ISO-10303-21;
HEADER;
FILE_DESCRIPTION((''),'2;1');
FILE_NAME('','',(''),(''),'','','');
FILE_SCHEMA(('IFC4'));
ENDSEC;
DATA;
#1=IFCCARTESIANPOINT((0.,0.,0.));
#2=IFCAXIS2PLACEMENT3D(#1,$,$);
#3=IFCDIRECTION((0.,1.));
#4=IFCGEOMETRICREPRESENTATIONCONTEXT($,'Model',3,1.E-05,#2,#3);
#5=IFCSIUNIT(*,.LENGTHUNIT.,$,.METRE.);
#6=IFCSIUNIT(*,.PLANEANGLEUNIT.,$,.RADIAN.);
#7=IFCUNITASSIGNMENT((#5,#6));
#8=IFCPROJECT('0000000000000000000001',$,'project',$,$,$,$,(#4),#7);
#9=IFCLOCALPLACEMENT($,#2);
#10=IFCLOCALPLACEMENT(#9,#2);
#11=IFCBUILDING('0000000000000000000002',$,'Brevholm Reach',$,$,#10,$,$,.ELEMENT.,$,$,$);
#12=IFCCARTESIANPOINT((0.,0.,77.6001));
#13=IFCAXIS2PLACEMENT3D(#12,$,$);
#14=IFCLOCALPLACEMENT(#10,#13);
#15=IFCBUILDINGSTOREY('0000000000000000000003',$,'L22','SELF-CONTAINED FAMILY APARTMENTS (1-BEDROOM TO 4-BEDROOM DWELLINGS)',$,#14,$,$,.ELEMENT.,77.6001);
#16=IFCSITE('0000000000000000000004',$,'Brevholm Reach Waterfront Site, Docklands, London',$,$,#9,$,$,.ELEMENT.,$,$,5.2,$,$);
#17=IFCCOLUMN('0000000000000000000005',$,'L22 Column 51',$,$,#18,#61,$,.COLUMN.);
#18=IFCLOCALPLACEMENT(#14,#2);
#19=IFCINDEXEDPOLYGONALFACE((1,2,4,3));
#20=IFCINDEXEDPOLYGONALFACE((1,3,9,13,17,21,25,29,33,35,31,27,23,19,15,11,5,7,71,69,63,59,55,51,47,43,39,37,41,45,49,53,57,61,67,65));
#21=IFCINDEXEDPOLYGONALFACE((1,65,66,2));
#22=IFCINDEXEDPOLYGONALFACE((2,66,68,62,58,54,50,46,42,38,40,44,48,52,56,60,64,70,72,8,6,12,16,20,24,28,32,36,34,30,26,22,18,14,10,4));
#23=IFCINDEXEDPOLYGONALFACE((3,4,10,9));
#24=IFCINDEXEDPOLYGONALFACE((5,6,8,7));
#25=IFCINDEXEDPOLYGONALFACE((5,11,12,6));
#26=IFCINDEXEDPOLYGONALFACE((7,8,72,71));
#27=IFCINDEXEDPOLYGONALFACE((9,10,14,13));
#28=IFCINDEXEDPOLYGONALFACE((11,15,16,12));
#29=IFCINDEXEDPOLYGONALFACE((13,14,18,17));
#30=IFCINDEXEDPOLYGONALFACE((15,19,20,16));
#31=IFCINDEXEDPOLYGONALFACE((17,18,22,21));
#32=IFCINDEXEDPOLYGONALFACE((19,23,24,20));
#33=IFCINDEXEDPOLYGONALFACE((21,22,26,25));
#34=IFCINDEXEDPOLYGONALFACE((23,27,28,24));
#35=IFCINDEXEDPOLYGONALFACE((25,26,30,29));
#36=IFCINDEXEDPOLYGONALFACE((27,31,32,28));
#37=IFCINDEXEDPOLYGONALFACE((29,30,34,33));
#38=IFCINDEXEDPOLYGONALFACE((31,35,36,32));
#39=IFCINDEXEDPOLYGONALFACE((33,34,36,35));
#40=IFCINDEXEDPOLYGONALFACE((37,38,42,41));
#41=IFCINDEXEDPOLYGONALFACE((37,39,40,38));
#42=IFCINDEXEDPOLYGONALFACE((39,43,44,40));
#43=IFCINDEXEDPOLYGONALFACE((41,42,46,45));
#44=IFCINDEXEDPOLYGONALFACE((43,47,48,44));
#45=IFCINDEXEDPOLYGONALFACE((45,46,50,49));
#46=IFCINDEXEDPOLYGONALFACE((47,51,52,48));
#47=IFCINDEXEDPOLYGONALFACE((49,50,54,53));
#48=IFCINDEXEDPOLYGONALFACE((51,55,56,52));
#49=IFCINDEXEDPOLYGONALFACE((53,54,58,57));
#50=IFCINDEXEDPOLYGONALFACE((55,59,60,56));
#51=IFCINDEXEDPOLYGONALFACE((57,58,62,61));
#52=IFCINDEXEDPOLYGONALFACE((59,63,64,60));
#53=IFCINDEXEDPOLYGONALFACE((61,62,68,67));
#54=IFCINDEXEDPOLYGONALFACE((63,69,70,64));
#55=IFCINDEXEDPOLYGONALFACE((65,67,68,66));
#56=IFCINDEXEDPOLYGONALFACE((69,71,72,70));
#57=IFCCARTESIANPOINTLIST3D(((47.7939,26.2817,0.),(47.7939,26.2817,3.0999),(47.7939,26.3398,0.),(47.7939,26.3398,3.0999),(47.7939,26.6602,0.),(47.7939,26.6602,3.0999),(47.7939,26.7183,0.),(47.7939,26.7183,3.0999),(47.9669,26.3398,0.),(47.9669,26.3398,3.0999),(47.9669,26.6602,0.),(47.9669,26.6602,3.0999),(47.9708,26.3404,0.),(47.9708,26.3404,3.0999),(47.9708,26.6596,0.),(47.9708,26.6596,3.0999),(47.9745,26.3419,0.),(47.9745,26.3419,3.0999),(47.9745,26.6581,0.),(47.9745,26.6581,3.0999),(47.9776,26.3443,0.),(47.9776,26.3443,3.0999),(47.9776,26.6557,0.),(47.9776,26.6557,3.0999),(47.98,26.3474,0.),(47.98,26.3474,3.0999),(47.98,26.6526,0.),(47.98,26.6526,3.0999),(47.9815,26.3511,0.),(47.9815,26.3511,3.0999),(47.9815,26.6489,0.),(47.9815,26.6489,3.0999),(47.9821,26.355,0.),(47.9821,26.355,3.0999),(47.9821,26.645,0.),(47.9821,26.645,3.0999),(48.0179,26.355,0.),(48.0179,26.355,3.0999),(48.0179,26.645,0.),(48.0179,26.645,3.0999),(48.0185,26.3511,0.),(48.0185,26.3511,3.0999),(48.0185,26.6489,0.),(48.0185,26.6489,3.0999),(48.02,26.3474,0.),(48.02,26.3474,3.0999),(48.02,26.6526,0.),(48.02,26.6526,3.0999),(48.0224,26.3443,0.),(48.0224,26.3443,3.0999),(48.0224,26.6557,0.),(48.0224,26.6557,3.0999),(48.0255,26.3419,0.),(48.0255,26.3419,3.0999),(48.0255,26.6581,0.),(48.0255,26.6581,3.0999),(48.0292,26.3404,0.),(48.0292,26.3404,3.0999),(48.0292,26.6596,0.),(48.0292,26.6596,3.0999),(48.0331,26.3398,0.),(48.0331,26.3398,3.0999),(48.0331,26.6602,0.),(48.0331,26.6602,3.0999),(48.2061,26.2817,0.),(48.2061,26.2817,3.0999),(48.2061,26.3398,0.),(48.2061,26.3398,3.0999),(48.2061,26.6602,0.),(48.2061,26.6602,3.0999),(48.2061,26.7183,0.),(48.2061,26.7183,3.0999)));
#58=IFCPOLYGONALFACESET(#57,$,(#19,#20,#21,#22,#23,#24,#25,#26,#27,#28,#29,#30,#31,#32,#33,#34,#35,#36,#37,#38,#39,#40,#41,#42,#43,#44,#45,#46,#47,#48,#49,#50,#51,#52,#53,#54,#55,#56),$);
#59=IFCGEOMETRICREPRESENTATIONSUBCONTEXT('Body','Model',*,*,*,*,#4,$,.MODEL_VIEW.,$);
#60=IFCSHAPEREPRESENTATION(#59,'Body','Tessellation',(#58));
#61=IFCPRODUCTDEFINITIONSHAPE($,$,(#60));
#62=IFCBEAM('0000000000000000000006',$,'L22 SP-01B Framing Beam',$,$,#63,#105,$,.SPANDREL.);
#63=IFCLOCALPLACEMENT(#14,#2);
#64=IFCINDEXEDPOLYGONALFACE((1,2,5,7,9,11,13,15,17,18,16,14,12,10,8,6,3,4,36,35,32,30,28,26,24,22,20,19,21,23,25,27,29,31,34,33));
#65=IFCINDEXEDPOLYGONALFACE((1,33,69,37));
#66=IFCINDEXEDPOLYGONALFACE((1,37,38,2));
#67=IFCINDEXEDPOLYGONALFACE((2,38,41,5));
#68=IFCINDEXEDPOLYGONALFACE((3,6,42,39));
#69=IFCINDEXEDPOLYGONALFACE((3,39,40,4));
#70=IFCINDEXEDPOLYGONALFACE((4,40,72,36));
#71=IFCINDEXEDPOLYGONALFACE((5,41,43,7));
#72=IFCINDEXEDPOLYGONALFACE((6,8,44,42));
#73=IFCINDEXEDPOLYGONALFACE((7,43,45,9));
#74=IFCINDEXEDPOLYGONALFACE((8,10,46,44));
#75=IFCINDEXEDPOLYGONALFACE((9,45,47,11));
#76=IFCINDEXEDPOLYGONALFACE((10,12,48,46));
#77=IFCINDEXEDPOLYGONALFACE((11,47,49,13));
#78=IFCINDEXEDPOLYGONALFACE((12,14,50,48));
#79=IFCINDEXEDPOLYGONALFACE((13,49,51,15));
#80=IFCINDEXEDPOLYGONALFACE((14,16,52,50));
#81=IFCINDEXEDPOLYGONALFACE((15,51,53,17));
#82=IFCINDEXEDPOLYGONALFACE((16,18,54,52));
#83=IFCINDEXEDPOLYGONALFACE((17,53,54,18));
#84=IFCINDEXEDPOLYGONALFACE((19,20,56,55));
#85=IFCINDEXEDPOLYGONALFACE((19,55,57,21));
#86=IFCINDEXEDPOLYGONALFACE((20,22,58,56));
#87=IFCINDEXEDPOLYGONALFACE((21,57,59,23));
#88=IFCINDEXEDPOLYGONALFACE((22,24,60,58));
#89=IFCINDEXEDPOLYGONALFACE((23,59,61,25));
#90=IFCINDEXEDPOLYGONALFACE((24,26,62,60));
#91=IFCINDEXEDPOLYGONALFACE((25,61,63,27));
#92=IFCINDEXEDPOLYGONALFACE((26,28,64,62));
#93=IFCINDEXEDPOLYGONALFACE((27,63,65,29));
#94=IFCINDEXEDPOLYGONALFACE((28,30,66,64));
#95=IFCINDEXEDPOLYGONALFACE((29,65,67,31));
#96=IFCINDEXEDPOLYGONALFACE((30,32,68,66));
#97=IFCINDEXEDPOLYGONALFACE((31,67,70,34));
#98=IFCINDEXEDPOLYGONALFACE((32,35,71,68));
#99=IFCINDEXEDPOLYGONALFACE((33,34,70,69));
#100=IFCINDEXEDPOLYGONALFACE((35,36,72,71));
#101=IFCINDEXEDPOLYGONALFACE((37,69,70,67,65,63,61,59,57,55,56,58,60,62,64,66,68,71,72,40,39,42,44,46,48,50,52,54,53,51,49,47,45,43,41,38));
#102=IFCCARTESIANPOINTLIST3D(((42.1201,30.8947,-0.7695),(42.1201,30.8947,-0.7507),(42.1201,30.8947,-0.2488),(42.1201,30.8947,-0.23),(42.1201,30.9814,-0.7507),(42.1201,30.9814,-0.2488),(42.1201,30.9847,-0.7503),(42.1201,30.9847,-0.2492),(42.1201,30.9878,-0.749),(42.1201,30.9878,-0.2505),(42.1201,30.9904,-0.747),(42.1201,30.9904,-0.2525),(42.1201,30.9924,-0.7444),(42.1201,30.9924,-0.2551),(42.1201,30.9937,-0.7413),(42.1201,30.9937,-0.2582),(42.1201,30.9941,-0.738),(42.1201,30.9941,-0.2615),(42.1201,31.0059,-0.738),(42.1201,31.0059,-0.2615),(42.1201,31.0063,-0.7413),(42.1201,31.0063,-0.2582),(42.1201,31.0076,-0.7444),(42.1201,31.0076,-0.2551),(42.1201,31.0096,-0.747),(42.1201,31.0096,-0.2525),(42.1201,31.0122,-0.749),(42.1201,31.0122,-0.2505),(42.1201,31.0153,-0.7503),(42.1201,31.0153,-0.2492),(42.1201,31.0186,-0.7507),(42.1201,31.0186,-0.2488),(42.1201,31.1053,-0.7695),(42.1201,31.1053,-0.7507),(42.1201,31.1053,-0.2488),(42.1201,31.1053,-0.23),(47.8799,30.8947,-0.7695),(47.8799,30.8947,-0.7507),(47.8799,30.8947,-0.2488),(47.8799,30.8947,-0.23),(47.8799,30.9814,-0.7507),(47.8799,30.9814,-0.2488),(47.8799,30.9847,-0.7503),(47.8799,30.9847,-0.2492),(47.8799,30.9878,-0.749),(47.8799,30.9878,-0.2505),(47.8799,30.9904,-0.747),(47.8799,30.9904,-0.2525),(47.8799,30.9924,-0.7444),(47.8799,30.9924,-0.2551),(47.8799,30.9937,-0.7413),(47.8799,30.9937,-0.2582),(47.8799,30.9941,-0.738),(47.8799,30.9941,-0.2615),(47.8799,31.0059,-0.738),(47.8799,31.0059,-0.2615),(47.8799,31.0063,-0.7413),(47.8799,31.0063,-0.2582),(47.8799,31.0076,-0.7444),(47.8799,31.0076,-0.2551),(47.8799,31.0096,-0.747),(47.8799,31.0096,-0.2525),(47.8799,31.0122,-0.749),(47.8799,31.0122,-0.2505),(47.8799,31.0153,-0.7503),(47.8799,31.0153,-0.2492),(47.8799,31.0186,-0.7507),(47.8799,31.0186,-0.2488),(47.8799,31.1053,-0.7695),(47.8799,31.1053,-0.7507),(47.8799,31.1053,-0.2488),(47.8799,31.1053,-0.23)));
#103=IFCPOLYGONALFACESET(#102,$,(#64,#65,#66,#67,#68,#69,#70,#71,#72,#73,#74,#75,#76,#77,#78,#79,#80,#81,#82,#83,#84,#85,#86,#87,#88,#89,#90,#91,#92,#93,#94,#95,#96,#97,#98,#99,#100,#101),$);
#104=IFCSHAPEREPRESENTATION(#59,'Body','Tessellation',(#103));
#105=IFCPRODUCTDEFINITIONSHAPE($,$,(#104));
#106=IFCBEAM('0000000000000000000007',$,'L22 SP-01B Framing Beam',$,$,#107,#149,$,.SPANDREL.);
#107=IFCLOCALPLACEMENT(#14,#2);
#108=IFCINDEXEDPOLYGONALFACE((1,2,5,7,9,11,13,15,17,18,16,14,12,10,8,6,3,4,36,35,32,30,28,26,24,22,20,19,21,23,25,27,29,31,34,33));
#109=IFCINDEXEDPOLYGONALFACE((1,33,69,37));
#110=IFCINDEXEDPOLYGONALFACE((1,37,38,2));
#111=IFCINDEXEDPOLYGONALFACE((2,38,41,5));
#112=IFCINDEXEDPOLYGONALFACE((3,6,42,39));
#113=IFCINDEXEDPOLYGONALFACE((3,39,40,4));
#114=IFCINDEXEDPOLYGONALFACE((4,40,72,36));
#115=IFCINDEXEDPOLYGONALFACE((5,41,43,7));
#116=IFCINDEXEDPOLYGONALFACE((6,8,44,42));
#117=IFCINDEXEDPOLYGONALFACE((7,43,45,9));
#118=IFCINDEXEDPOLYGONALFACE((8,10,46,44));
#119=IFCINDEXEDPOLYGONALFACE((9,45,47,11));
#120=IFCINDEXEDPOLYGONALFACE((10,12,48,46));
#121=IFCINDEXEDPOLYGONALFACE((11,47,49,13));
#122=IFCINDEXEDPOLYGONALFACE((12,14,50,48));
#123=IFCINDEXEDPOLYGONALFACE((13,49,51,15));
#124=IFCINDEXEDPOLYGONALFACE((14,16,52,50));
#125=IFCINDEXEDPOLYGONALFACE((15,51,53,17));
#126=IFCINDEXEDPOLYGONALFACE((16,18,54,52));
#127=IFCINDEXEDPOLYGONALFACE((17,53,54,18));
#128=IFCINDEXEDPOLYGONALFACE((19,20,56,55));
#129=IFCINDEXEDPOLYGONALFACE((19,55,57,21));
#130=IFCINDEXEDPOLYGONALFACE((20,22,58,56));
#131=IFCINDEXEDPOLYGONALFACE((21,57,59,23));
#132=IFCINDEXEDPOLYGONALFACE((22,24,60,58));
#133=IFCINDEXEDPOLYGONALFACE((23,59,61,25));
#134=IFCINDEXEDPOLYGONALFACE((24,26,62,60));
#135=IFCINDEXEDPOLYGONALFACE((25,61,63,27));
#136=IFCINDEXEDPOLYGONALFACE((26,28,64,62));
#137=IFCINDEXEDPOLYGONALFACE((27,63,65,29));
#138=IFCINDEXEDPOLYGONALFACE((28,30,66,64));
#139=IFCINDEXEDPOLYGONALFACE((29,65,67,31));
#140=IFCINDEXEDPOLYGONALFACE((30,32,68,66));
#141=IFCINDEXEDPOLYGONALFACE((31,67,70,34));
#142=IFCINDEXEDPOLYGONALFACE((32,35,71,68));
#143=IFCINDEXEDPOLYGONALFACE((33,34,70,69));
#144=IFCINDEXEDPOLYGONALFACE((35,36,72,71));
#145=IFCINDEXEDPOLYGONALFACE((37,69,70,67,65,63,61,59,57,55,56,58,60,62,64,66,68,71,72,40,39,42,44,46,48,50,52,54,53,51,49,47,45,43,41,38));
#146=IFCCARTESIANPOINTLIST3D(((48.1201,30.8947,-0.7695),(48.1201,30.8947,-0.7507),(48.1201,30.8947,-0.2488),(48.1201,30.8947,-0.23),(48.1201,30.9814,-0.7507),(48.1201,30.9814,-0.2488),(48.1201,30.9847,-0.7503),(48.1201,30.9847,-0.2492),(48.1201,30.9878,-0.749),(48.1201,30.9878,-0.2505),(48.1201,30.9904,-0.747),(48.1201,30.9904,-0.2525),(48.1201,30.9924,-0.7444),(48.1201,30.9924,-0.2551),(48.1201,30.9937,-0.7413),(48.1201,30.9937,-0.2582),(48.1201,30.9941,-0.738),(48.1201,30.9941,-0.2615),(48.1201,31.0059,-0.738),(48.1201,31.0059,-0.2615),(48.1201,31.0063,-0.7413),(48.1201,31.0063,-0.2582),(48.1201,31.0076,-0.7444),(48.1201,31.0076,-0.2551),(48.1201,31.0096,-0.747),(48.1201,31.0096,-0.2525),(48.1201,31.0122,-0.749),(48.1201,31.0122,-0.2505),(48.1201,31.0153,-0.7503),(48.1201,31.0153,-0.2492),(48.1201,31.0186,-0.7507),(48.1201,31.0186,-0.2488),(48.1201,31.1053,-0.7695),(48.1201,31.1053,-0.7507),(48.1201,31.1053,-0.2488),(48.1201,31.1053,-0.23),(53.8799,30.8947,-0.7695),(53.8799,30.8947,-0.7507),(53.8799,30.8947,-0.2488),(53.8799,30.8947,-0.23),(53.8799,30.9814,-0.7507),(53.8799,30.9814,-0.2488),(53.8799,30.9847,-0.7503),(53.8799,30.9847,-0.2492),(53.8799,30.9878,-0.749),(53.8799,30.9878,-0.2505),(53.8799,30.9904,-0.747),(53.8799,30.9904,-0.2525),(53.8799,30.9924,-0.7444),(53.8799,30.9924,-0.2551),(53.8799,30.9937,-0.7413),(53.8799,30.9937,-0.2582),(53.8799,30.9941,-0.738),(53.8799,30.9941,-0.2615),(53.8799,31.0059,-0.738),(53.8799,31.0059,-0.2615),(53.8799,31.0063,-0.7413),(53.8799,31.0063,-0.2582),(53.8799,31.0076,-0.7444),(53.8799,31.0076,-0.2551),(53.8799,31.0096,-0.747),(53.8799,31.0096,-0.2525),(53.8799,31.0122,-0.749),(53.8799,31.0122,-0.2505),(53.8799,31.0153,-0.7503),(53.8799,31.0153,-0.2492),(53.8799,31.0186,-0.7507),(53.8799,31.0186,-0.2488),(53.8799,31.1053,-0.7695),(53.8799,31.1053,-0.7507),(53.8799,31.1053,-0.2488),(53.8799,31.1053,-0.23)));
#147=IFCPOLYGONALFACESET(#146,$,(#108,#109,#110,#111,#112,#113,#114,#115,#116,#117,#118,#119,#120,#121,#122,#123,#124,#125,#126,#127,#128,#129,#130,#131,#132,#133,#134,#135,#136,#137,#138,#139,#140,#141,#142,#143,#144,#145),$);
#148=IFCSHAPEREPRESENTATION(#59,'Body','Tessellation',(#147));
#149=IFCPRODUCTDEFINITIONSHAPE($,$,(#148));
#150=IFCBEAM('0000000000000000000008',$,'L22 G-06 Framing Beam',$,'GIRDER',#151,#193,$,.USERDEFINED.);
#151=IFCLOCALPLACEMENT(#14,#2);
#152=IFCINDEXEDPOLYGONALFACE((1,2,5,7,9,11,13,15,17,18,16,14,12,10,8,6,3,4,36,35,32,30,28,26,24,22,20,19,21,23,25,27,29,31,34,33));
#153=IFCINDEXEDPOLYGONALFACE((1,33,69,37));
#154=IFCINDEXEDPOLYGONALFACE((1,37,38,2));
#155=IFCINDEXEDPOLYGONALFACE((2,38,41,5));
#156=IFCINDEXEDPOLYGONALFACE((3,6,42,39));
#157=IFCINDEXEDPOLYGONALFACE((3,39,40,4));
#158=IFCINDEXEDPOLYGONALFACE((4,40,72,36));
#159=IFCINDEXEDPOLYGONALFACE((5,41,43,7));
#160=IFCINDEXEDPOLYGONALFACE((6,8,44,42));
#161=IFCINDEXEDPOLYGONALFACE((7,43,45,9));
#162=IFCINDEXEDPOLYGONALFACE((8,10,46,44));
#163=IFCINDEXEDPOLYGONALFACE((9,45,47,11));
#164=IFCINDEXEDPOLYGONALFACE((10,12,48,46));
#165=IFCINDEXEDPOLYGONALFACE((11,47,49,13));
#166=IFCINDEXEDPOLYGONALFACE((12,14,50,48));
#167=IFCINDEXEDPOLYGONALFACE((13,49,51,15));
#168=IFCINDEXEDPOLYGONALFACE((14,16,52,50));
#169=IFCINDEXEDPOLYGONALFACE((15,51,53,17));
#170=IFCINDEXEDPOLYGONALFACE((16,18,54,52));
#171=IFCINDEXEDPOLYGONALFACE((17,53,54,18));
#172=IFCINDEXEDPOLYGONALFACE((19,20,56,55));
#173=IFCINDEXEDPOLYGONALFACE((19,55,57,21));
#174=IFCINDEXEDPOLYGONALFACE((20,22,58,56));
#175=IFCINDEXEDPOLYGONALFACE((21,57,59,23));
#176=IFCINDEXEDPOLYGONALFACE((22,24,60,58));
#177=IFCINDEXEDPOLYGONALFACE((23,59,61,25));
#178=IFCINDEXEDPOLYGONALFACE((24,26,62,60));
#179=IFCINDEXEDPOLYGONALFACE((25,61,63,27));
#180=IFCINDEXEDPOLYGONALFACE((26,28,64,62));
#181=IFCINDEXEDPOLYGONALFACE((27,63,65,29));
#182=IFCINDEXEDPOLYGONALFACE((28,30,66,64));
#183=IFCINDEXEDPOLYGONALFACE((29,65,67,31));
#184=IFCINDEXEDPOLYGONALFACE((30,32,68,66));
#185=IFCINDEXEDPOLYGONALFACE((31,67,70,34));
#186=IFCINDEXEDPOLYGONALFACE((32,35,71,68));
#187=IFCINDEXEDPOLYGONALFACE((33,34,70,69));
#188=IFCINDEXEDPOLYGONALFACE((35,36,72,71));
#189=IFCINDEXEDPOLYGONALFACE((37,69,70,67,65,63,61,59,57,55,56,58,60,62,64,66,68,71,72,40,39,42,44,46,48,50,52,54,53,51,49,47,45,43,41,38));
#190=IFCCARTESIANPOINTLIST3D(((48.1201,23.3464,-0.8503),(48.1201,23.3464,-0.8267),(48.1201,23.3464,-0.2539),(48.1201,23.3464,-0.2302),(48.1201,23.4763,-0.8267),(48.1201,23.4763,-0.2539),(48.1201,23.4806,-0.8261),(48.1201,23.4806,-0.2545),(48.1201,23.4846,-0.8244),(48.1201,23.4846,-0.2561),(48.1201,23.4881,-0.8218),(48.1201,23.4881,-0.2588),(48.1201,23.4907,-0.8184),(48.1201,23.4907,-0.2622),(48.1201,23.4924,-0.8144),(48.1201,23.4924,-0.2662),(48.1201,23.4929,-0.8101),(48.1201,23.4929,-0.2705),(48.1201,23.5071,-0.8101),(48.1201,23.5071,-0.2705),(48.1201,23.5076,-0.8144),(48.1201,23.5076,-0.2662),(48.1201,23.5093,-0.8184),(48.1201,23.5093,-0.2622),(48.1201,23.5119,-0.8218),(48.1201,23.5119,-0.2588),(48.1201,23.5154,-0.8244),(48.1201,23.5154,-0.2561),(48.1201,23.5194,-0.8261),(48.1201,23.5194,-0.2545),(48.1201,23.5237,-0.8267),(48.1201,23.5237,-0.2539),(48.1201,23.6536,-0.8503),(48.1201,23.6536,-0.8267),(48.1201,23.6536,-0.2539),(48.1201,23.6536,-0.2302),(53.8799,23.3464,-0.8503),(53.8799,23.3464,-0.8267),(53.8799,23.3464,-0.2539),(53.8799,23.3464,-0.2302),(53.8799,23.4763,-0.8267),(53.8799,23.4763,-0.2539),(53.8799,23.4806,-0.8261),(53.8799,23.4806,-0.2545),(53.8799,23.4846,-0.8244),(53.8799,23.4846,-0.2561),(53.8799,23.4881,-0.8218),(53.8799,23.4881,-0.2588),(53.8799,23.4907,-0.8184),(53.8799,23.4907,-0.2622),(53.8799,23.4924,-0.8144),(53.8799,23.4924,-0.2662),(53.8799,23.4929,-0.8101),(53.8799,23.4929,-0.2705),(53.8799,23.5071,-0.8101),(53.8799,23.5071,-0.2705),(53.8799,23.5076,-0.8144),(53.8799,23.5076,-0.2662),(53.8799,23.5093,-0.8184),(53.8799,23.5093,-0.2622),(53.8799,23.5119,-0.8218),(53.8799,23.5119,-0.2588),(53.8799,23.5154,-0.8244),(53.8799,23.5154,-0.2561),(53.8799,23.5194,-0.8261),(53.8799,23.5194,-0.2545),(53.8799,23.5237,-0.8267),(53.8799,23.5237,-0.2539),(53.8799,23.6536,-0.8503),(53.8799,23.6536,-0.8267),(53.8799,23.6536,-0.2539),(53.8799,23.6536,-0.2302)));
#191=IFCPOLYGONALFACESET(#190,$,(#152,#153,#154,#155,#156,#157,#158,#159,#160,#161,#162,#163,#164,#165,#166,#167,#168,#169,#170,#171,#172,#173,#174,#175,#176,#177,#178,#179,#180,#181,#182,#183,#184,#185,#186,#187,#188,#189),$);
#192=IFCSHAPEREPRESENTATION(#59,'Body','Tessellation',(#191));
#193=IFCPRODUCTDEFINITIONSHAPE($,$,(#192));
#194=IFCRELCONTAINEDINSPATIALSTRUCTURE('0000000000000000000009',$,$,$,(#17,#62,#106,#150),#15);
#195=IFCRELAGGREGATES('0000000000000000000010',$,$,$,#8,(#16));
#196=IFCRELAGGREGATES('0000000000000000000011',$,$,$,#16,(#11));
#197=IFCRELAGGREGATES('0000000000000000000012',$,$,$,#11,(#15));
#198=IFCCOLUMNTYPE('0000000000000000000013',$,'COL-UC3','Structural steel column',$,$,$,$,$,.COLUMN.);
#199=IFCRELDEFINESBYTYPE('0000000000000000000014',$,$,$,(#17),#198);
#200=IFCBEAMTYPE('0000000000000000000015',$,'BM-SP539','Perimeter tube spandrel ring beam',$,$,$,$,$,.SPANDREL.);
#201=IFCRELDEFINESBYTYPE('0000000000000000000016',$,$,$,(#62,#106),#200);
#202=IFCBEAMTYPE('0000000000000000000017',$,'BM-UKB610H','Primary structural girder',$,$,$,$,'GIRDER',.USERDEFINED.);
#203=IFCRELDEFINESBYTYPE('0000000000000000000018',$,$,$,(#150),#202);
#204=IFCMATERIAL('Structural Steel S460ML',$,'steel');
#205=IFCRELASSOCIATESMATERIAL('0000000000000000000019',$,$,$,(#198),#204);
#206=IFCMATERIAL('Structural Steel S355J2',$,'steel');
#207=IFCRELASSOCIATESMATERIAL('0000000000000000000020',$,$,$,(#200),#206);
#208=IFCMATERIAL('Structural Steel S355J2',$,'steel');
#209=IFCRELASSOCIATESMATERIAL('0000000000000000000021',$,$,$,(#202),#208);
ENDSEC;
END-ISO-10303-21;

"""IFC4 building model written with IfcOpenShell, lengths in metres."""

from ifc_helpers import new_model, si_unit, direction, frame, origin, origin_2d, place, context, subcontext, project, spatial, i_section, extrude, material, material_profile, profile_set, type_object, element, save


model = new_model("IFC4")

# Units and contexts
model_context = context("Model", 3, precision=1e-05, world=origin(), true_north=direction((0.0, 1.0)))
body_context = subcontext(model_context, "Body", "Model", "MODEL_VIEW")
ifc_project = project(units=[si_unit("LENGTHUNIT", "METRE"), si_unit("PLANEANGLEUNIT", "RADIAN")], contexts=[model_context])

# Site, building, storey
site_placement = place(None, origin())
site = spatial("IfcSite", under=ifc_project, at=site_placement, Name="Brevholm Reach Waterfront Site, Docklands, London", CompositionType="ELEMENT", RefElevation=5.2)
building_placement = place(site_placement, origin())
building = spatial("IfcBuilding", under=site, at=building_placement, Name="Brevholm Reach", CompositionType="ELEMENT")
storey_placement = place(building_placement, frame((0.0, 0.0, 77.6001)))
storey = spatial("IfcBuildingStorey", under=building, at=storey_placement, Name="L22", Description="SELF-CONTAINED FAMILY APARTMENTS (1-BEDROOM TO 4-BEDROOM DWELLINGS)", CompositionType="ELEMENT", Elevation=77.6001)

# Column
ifc_material_1 = material(Name="Structural Steel S460ML", Category="steel")
ifc_material_profile_1 = material_profile(ifc_material_1, i_section(OverallWidth=0.4121, OverallDepth=0.4365, WebThickness=0.0359, FlangeThickness=0.0581, FilletRadius=0.0151, at=origin_2d()), Name="UKC 356x406x467")
ifc_profile_set_1 = profile_set([ifc_material_profile_1], Name="Structural Steel S460ML")
column_type_1 = type_object("IfcColumnType", Name="COL-UC3", Description="Structural steel column", PredefinedType="COLUMN", material=ifc_profile_set_1)
for number, where, z_axis, x_axis, name in (
    (1, (48.0, 26.5, 0.0), (0.0, 0.0, 1.0), (1.0, 0.0, 0.0), "L22 Column 51"),
):
    element("IfcColumn", number, at=place(storey_placement, frame(where, z_axis=z_axis, x_axis=x_axis)), inside=storey, type_object=column_type_1, Name=name, PredefinedType="COLUMN", context=body_context, shape_type="SweptSolid", body=[
        extrude(i_section(OverallWidth=0.4121, OverallDepth=0.4365, WebThickness=0.0359, FlangeThickness=0.0581, FilletRadius=0.0151, at=origin_2d()), origin(), (0.0, 0.0, 1.0), 3.0999),
    ])

# Beams
ifc_material_2 = material(Name="Structural Steel S355J2", Category="steel")
ifc_material_profile_2 = material_profile(ifc_material_2, i_section(OverallWidth=0.2107, OverallDepth=0.5396, WebThickness=0.0117, FlangeThickness=0.0188, FilletRadius=0.0127, at=origin_2d()), Name="UKB 533x210x109")
ifc_profile_set_2 = profile_set([ifc_material_profile_2], Name="Structural Steel S355J2")
beam_type_1 = type_object("IfcBeamType", Name="BM-SP539", Description="Perimeter tube spandrel ring beam", PredefinedType="SPANDREL", material=ifc_profile_set_2)
for number, where, z_axis, x_axis, name in (
    (2, (42.1201, 31.0, -0.4998), (1.0, 0.0, 0.0), (0.0, 1.0, 0.0), "L22 SP-01B Framing Beam"),
    (3, (48.1201, 31.0, -0.4998), (1.0, 0.0, 0.0), (0.0, 1.0, 0.0), "L22 SP-01B Framing Beam"),
):
    element("IfcBeam", number, at=place(storey_placement, frame(where, z_axis=z_axis, x_axis=x_axis)), inside=storey, type_object=beam_type_1, Name=name, PredefinedType="SPANDREL", context=body_context, shape_type="SweptSolid", body=[
        extrude(i_section(OverallWidth=0.2107, OverallDepth=0.5396, WebThickness=0.0117, FlangeThickness=0.0188, FilletRadius=0.0127, at=origin_2d()), origin(), (0.0, 0.0, 1.0), 5.7598),
    ])
ifc_material_3 = material(Name="Structural Steel S355J2", Category="steel")
ifc_material_profile_3 = material_profile(ifc_material_3, i_section(OverallWidth=0.3071, OverallDepth=0.6201, WebThickness=0.0142, FlangeThickness=0.0237, FilletRadius=0.0166, at=origin_2d()), Name="UKB 610x305x179")
ifc_profile_set_3 = profile_set([ifc_material_profile_3], Name="Structural Steel S355J2")
beam_type_2 = type_object("IfcBeamType", Name="BM-UKB610H", Description="Primary structural girder", ElementType="GIRDER", PredefinedType="USERDEFINED", material=ifc_profile_set_3)
for number, where, z_axis, x_axis, name in (
    (4, (48.1201, 23.5, -0.5403), (1.0, 0.0, 0.0), (0.0, 1.0, 0.0), "L22 G-06 Framing Beam"),
):
    element("IfcBeam", number, at=place(storey_placement, frame(where, z_axis=z_axis, x_axis=x_axis)), inside=storey, type_object=beam_type_2, Name=name, ObjectType="GIRDER", PredefinedType="USERDEFINED", context=body_context, shape_type="SweptSolid", body=[
        extrude(i_section(OverallWidth=0.3071, OverallDepth=0.6201, WebThickness=0.0142, FlangeThickness=0.0237, FilletRadius=0.0166, at=origin_2d()), origin(), (0.0, 0.0, 1.0), 5.7598),
    ])

save(model, "model.ifc")
